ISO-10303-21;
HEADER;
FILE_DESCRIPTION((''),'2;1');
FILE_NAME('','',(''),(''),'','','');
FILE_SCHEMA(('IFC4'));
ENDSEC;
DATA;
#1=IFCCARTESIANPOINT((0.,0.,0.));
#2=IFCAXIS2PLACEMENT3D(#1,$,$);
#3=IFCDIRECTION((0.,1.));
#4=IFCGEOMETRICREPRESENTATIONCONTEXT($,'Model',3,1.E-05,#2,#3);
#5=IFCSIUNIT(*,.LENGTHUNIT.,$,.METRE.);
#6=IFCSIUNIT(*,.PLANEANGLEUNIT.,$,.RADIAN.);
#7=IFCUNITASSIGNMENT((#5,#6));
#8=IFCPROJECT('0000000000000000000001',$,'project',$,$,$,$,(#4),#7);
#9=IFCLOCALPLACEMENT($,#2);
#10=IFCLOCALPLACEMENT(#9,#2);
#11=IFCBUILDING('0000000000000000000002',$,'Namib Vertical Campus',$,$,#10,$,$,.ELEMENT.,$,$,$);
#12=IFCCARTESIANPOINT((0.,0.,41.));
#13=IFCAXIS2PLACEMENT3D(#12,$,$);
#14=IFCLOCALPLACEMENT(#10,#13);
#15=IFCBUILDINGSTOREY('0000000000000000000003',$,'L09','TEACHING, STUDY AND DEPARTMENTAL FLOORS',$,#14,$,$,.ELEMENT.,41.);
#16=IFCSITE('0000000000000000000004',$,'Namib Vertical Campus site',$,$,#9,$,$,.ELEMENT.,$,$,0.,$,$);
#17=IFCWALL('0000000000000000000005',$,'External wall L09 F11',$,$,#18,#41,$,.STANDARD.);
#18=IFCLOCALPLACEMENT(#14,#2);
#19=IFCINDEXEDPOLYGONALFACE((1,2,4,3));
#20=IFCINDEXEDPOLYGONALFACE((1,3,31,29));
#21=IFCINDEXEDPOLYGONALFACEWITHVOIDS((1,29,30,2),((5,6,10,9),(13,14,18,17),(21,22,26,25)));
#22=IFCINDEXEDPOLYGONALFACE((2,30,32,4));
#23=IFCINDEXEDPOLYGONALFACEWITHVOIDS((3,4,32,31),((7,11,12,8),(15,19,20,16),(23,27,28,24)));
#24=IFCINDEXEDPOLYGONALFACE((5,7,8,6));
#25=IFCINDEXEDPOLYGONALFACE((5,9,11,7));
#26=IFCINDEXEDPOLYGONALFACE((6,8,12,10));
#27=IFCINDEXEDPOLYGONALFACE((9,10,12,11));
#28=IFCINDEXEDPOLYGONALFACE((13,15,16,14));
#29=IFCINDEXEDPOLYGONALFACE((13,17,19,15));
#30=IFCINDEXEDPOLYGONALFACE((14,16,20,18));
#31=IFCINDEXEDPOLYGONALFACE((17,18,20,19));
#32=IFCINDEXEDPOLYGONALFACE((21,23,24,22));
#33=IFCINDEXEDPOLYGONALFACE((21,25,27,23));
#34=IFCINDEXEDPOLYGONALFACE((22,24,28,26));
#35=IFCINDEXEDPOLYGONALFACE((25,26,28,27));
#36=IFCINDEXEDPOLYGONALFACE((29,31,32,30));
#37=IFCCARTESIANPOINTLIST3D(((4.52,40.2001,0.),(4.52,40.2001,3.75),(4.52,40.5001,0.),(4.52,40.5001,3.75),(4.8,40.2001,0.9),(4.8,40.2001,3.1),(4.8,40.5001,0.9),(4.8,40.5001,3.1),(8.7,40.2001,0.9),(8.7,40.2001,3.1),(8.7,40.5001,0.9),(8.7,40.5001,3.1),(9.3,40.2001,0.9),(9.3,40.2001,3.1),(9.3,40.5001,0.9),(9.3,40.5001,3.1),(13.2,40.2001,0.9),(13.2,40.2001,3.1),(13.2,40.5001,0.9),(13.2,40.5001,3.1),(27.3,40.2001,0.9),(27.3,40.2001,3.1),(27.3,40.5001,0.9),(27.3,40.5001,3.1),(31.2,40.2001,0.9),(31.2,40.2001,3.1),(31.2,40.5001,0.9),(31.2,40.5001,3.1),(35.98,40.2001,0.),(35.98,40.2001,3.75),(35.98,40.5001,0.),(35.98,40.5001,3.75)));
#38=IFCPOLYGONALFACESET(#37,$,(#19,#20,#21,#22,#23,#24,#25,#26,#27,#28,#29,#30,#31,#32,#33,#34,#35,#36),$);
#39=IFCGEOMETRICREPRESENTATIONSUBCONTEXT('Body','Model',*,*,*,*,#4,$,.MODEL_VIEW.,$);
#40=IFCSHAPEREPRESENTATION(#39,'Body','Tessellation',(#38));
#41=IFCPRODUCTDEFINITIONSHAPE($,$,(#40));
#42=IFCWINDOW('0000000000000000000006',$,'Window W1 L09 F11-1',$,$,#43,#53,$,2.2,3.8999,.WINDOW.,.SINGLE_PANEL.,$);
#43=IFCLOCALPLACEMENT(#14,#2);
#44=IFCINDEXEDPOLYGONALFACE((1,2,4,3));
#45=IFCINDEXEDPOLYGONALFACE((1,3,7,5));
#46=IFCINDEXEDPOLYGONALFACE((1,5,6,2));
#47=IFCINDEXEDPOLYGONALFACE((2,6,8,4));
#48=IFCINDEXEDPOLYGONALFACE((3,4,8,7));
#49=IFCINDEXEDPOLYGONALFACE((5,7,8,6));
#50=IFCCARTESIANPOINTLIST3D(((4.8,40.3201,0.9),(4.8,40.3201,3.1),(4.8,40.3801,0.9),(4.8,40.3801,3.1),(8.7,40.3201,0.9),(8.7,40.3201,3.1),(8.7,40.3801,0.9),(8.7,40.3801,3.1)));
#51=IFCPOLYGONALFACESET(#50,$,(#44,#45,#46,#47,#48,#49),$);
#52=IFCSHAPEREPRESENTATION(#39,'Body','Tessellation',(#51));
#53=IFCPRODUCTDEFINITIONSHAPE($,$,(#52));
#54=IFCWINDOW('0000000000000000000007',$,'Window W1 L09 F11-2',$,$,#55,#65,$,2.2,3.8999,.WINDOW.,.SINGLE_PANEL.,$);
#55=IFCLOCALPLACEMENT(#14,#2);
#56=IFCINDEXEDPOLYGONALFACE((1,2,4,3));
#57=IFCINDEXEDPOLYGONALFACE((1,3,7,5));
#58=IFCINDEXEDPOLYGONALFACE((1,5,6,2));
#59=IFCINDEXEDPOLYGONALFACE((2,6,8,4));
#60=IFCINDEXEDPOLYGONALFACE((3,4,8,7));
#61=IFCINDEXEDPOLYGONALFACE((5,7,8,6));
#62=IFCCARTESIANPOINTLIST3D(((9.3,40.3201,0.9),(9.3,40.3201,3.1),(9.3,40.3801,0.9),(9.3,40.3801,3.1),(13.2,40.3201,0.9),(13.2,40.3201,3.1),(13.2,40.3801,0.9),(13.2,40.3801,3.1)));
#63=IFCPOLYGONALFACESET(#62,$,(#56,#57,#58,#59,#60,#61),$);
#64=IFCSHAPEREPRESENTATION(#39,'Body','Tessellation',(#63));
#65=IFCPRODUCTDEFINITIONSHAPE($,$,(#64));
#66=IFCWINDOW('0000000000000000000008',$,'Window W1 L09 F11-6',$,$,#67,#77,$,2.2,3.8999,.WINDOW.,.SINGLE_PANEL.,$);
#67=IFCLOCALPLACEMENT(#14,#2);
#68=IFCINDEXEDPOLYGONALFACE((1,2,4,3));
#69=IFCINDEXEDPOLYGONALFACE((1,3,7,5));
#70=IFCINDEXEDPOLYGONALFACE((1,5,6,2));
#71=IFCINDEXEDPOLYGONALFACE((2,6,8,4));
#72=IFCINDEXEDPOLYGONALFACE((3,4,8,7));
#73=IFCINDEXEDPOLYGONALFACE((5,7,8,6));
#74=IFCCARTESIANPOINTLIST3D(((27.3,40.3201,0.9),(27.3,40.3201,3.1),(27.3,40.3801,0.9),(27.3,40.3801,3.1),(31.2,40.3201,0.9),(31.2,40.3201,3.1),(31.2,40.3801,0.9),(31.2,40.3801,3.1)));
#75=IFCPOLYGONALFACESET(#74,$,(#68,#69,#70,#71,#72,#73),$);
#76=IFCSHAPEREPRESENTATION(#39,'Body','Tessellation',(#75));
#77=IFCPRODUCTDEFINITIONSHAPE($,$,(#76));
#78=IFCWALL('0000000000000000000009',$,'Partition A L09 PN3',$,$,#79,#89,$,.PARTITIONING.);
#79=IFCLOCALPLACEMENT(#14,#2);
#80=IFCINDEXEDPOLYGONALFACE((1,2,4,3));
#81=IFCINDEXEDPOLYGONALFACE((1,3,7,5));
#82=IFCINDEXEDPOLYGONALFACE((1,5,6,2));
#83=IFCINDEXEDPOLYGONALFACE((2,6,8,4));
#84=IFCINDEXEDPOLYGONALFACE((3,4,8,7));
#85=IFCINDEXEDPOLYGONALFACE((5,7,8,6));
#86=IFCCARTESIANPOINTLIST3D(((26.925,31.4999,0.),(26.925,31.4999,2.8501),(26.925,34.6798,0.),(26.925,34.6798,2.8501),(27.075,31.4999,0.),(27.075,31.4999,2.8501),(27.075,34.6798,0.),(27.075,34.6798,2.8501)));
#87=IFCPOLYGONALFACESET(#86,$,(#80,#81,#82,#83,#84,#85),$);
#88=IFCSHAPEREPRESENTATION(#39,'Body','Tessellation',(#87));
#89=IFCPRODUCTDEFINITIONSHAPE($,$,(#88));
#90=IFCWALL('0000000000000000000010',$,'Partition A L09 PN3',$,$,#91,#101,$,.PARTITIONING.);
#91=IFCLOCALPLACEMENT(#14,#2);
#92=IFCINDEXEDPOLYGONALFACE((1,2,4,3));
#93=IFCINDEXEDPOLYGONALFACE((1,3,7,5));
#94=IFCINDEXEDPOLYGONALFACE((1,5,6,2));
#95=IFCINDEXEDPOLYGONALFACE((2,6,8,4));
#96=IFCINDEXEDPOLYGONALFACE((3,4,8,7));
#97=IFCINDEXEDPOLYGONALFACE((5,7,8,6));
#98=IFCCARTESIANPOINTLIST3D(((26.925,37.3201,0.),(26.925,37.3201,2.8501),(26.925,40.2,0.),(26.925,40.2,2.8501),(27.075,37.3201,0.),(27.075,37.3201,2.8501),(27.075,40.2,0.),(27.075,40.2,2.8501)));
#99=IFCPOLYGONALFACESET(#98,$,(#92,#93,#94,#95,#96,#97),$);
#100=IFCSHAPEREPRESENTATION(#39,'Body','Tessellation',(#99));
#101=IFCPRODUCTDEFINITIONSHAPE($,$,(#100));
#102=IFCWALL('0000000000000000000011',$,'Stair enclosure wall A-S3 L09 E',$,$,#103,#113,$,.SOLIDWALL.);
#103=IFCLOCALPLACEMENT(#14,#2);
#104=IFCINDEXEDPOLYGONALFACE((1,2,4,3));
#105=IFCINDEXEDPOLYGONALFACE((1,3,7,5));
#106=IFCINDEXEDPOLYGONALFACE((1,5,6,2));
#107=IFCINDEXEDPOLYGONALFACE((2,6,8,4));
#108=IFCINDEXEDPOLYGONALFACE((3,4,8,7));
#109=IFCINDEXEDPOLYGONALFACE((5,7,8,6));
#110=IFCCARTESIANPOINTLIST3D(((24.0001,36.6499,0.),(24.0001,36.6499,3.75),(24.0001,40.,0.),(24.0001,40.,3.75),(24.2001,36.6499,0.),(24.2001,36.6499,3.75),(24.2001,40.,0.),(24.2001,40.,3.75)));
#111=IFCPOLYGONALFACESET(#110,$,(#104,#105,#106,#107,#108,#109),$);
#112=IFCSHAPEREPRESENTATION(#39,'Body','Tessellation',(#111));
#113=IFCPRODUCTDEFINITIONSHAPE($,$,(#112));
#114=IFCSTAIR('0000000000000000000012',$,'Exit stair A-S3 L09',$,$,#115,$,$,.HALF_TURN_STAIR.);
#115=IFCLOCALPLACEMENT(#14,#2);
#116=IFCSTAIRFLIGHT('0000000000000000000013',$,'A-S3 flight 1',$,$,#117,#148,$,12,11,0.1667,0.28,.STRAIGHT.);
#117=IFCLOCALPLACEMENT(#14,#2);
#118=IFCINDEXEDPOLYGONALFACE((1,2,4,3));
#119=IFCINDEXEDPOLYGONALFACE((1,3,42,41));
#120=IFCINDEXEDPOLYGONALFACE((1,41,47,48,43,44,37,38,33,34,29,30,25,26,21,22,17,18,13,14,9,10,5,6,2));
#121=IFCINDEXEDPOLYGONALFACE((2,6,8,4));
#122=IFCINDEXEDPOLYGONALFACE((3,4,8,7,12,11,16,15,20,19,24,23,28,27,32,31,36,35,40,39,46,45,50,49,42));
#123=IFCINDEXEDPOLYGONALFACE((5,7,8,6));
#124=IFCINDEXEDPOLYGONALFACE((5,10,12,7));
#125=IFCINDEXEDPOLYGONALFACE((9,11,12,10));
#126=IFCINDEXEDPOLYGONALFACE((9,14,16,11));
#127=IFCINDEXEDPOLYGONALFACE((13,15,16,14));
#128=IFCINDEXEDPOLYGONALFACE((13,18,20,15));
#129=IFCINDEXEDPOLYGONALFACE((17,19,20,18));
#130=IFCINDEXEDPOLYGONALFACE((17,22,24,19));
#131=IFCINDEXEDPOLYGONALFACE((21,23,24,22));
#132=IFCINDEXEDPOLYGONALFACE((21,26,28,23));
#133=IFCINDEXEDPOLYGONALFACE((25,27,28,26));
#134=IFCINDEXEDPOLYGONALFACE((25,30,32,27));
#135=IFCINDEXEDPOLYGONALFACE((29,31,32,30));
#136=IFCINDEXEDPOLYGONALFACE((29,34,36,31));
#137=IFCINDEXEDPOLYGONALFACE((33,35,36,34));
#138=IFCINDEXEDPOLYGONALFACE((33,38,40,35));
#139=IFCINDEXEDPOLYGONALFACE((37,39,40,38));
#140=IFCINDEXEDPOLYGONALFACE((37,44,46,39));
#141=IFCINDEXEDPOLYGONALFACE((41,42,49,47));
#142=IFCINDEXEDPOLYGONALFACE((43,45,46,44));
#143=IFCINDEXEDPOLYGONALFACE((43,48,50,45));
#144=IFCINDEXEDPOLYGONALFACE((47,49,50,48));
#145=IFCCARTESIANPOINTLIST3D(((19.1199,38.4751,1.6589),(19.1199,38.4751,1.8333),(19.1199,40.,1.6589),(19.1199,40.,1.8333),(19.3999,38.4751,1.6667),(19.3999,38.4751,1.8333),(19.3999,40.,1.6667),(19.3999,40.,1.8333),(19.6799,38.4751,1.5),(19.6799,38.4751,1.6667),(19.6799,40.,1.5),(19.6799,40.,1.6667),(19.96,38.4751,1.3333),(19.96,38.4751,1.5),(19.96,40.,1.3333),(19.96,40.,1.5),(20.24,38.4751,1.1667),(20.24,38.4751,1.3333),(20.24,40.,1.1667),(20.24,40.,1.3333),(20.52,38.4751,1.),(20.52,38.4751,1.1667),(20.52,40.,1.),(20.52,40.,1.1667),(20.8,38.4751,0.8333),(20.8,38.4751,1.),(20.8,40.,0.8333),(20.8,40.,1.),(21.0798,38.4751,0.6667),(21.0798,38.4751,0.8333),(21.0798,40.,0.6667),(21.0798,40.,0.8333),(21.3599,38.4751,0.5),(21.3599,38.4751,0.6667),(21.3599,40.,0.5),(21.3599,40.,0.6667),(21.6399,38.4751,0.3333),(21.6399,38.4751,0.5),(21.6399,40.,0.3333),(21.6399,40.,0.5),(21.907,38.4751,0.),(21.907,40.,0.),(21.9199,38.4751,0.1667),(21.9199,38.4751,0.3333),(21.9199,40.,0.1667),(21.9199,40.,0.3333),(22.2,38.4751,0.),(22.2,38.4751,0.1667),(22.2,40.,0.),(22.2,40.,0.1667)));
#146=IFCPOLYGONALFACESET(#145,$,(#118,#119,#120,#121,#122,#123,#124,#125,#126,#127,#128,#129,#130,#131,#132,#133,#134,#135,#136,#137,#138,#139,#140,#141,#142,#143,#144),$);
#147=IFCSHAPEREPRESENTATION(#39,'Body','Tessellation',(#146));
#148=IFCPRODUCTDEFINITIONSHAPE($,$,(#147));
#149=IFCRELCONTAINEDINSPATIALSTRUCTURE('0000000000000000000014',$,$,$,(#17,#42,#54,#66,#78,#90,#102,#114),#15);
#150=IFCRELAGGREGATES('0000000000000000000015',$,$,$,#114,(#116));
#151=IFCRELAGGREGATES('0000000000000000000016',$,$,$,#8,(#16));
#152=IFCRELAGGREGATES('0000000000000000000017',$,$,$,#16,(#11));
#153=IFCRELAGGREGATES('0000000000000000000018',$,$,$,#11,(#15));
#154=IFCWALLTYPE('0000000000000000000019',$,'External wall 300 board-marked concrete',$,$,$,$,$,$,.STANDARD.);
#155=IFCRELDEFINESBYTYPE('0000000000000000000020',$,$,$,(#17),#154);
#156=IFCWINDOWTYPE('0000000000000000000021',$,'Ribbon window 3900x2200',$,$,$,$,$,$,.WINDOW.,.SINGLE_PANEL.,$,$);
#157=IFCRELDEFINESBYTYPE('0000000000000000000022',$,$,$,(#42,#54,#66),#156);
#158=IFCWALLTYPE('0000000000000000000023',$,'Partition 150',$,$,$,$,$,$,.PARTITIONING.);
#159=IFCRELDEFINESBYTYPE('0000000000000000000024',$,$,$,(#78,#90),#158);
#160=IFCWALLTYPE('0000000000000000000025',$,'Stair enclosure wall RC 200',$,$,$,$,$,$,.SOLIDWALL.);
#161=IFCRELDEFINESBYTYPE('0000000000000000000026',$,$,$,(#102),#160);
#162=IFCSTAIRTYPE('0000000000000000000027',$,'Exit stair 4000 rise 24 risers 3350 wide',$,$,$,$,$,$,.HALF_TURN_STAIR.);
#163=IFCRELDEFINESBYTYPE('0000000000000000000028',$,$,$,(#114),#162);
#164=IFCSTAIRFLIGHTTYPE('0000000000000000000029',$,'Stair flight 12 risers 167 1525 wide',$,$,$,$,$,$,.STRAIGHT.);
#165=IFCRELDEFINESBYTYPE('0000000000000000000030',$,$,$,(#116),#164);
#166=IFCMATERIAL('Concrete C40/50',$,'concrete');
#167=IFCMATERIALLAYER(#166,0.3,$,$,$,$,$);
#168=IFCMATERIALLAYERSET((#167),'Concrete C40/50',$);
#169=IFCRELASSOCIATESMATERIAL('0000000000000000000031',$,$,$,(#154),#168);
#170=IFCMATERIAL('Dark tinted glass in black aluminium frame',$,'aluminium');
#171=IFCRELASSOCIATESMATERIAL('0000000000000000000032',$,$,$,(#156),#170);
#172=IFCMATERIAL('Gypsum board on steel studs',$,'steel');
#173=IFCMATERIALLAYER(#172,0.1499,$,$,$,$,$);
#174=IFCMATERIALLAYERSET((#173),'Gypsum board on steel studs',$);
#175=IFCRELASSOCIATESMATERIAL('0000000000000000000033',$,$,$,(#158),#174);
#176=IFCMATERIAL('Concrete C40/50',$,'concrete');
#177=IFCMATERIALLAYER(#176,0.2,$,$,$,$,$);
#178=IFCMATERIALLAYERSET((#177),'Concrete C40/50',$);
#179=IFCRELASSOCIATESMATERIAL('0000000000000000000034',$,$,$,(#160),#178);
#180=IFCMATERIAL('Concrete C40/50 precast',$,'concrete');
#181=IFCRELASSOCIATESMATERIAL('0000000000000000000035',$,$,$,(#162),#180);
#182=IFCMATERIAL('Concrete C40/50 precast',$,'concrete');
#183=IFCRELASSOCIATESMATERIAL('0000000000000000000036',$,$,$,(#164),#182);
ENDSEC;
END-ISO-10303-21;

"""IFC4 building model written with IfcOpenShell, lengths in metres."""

from ifc_helpers import new_model, si_unit, direction, frame, frame_2d, origin, place, context, subcontext, project, spatial, polyline, rectangle, outline, extrude, material, layer, layer_set, type_object, element, fill, aggregate, save


model = new_model("IFC4")

# Units and contexts
model_context = context("Model", 3, precision=1e-05, world=origin(), true_north=direction((0.0, 1.0)))
body_context = subcontext(model_context, "Body", "Model", "MODEL_VIEW")
ifc_project = project(units=[si_unit("LENGTHUNIT", "METRE"), si_unit("PLANEANGLEUNIT", "RADIAN")], contexts=[model_context])

# Site, building, storey
site_placement = place(None, origin())
site = spatial("IfcSite", under=ifc_project, at=site_placement, Name="Namib Vertical Campus site", CompositionType="ELEMENT", RefElevation=0.0)
building_placement = place(site_placement, origin())
building = spatial("IfcBuilding", under=site, at=building_placement, Name="Namib Vertical Campus", CompositionType="ELEMENT")
storey_placement = place(building_placement, frame((0.0, 0.0, 41.0)))
storey = spatial("IfcBuildingStorey", under=building, at=storey_placement, Name="L09", Description="TEACHING, STUDY AND DEPARTMENTAL FLOORS", CompositionType="ELEMENT", Elevation=41.0)

# Shared definitions
ifc_material_1 = material(Name="Concrete C40/50", Category="concrete")
ifc_layer_1 = layer(ifc_material_1, 0.3)
ifc_layer_set_1 = layer_set([ifc_layer_1], Name="Concrete C40/50")
wall_type_1 = type_object("IfcWallType", Name="External wall 300 board-marked concrete", PredefinedType="STANDARD", material=ifc_layer_set_1)

# Wall, openings, windows
wall_1_placement = place(storey_placement, frame((35.98, 40.3501, 0.0), z_axis=(0.0, 0.0, 1.0), x_axis=(-1.0, 0.0, 0.0)))
wall_1 = element("IfcWall", 1, at=wall_1_placement, inside=storey, type_object=wall_type_1, Name="External wall L09 F11", PredefinedType="STANDARD", context=body_context, shape_type="SweptSolid", body=[
    extrude(rectangle(XDim=31.46, YDim=0.3, at=frame_2d((15.73, 0.0))), origin(), (0.0, 0.0, 1.0), 3.75),
])
opening_1_placement = place(wall_1_placement, frame((27.28, 0.0, 0.8999)))
opening_1 = element("IfcOpeningElement", 2, at=opening_1_placement, cuts=wall_1, PredefinedType="OPENING", context=body_context, shape_type="SweptSolid", body=[
    extrude(rectangle(XDim=3.8999, YDim=2.2, at=frame_2d((1.95, 1.1001))), frame((0.0, 0.1599, 0.0), z_axis=(0.0, -1.0, 0.0), x_axis=(1.0, 0.0, 0.0)), (0.0, 0.0, 1.0), 0.3201),
])
opening_2_placement = place(wall_1_placement, frame((22.78, 0.0, 0.8999)))
opening_2 = element("IfcOpeningElement", 3, at=opening_2_placement, cuts=wall_1, PredefinedType="OPENING", context=body_context, shape_type="SweptSolid", body=[
    extrude(rectangle(XDim=3.8999, YDim=2.2, at=frame_2d((1.95, 1.1001))), frame((0.0, 0.1599, 0.0), z_axis=(0.0, -1.0, 0.0), x_axis=(1.0, 0.0, 0.0)), (0.0, 0.0, 1.0), 0.3201),
])
opening_3_placement = place(wall_1_placement, frame((4.78, 0.0, 0.8999)))
opening_3 = element("IfcOpeningElement", 4, at=opening_3_placement, cuts=wall_1, PredefinedType="OPENING", context=body_context, shape_type="SweptSolid", body=[
    extrude(rectangle(XDim=3.8999, YDim=2.2, at=frame_2d((1.95, 1.1001))), frame((0.0, 0.1599, 0.0), z_axis=(0.0, -1.0, 0.0), x_axis=(1.0, 0.0, 0.0)), (0.0, 0.0, 1.0), 0.3201),
])
ifc_material_2 = material(Name="Dark tinted glass in black aluminium frame", Category="aluminium")
window_type = type_object("IfcWindowType", Name="Ribbon window 3900x2200", PartitioningType="SINGLE_PANEL", PredefinedType="WINDOW", material=ifc_material_2)
window_1_placement = place(opening_1_placement, origin())
window_1 = element("IfcWindow", 5, at=window_1_placement, inside=storey, type_object=window_type, Name="Window W1 L09 F11-1", OverallHeight=2.2, OverallWidth=3.8999, PartitioningType="SINGLE_PANEL", PredefinedType="WINDOW", context=body_context, shape_type="SweptSolid", body=[
    extrude(rectangle(XDim=3.8999, YDim=2.2, at=frame_2d((1.95, 1.1001))), frame((0.0, 0.03, 0.0), z_axis=(0.0, -1.0, 0.0), x_axis=(1.0, 0.0, 0.0)), (0.0, 0.0, 1.0), 0.0601),
])
fill(opening_1, window_1)
window_2_placement = place(opening_2_placement, origin())
window_2 = element("IfcWindow", 6, at=window_2_placement, inside=storey, type_object=window_type, Name="Window W1 L09 F11-2", OverallHeight=2.2, OverallWidth=3.8999, PartitioningType="SINGLE_PANEL", PredefinedType="WINDOW", context=body_context, shape_type="SweptSolid", body=[
    extrude(rectangle(XDim=3.8999, YDim=2.2, at=frame_2d((1.95, 1.1001))), frame((0.0, 0.03, 0.0), z_axis=(0.0, -1.0, 0.0), x_axis=(1.0, 0.0, 0.0)), (0.0, 0.0, 1.0), 0.0601),
])
fill(opening_2, window_2)
window_3_placement = place(opening_3_placement, origin())
window_3 = element("IfcWindow", 7, at=window_3_placement, inside=storey, type_object=window_type, Name="Window W1 L09 F11-6", OverallHeight=2.2, OverallWidth=3.8999, PartitioningType="SINGLE_PANEL", PredefinedType="WINDOW", context=body_context, shape_type="SweptSolid", body=[
    extrude(rectangle(XDim=3.8999, YDim=2.2, at=frame_2d((1.95, 1.1001))), frame((0.0, 0.03, 0.0), z_axis=(0.0, -1.0, 0.0), x_axis=(1.0, 0.0, 0.0)), (0.0, 0.0, 1.0), 0.0601),
])
fill(opening_3, window_3)

# Walls
ifc_material_3 = material(Name="Gypsum board on steel studs", Category="steel")
ifc_layer_2 = layer(ifc_material_3, 0.1499)
ifc_layer_set_2 = layer_set([ifc_layer_2], Name="Gypsum board on steel studs")
wall_type_2 = type_object("IfcWallType", Name="Partition 150", PredefinedType="PARTITIONING", material=ifc_layer_set_2)
wall_2_placement = place(storey_placement, frame((27.0, 31.5, 0.0), z_axis=(0.0, 0.0, 1.0), x_axis=(0.0, 1.0, 0.0)))
element("IfcWall", 8, at=wall_2_placement, inside=storey, type_object=wall_type_2, Name="Partition A L09 PN3", PredefinedType="PARTITIONING", context=body_context, shape_type="SweptSolid", body=[
    extrude(rectangle(XDim=3.1799, YDim=0.1499, at=frame_2d((1.5898, 0.0))), origin(), (0.0, 0.0, 1.0), 2.8501),
])
wall_3_placement = place(storey_placement, frame((27.0, 37.3201, 0.0), z_axis=(0.0, 0.0, 1.0), x_axis=(0.0, 1.0, 0.0)))
element("IfcWall", 9, at=wall_3_placement, inside=storey, type_object=wall_type_2, Name="Partition A L09 PN3", PredefinedType="PARTITIONING", context=body_context, shape_type="SweptSolid", body=[
    extrude(rectangle(XDim=2.8799, YDim=0.1499, at=frame_2d((1.4399, 0.0))), origin(), (0.0, 0.0, 1.0), 2.8501),
])
ifc_material_4 = material(Name="Concrete C40/50", Category="concrete")
ifc_layer_3 = layer(ifc_material_4, 0.2)
ifc_layer_set_3 = layer_set([ifc_layer_3], Name="Concrete C40/50")
wall_type_3 = type_object("IfcWallType", Name="Stair enclosure wall RC 200", PredefinedType="SOLIDWALL", material=ifc_layer_set_3)
wall_4_placement = place(storey_placement, frame((24.1001, 36.6499, 0.0), z_axis=(0.0, 0.0, 1.0), x_axis=(0.0, 1.0, 0.0)))
element("IfcWall", 10, at=wall_4_placement, inside=storey, type_object=wall_type_3, Name="Stair enclosure wall A-S3 L09 E", PredefinedType="SOLIDWALL", context=body_context, shape_type="SweptSolid", body=[
    extrude(rectangle(XDim=3.3501, YDim=0.2, at=frame_2d((1.675, 0.0))), origin(), (0.0, 0.0, 1.0), 3.75),
])

# Stair, stair flight
ifc_material_5 = material(Name="Concrete C40/50 precast", Category="concrete")
stair_type = type_object("IfcStairType", Name="Exit stair 4000 rise 24 risers 3350 wide", PredefinedType="HALF_TURN_STAIR", material=ifc_material_5)
stair_placement = place(storey_placement, origin())
stair = element("IfcStair", 11, at=stair_placement, inside=storey, type_object=stair_type, Name="Exit stair A-S3 L09", PredefinedType="HALF_TURN_STAIR")
ifc_material_6 = material(Name="Concrete C40/50 precast", Category="concrete")
stair_flight_type = type_object("IfcStairFlightType", Name="Stair flight 12 risers 167 1525 wide", PredefinedType="STRAIGHT", material=ifc_material_6)
stair_flight_placement = place(storey_placement, frame((22.2, 39.2375, 0.0), z_axis=(0.0, 0.0, 1.0), x_axis=(-1.0, 0.0, 0.0)))
stair_flight = element("IfcStairFlight", 12, at=stair_flight_placement, type_object=stair_flight_type, Name="A-S3 flight 1", NumberOfRisers=12, NumberOfTreads=11, PredefinedType="STRAIGHT", RiserHeight=0.1667, TreadLength=0.28, context=body_context, shape_type="SweptSolid", body=[
    extrude(outline(polyline([(0.0, 0.0), (0.0, 0.1667), (0.28, 0.1667), (0.28, 0.3333), (0.5601, 0.3333), (0.5601, 0.5), (0.8401, 0.5), (0.8401, 0.6667), (1.1201, 0.6667), (1.1201, 0.8333), (1.3999, 0.8333), (1.3999, 1.0), (1.6799, 1.0), (1.6799, 1.1667), (1.96, 1.1667), (1.96, 1.3333), (2.24, 1.3333), (2.24, 1.5), (2.52, 1.5), (2.52, 1.6667), (2.8, 1.6667), (2.8, 1.8333), (3.0801, 1.8333), (3.0801, 2.0), (3.0801, 1.6589), (0.293, 0.0), (0.0, 0.0)])), frame((0.0, 0.7625, 0.0), z_axis=(0.0, -1.0, 0.0), x_axis=(1.0, 0.0, 0.0)), (0.0, 0.0, 1.0), 1.5249),
])
aggregate(stair, [stair_flight])

save(model, "model.ifc")
